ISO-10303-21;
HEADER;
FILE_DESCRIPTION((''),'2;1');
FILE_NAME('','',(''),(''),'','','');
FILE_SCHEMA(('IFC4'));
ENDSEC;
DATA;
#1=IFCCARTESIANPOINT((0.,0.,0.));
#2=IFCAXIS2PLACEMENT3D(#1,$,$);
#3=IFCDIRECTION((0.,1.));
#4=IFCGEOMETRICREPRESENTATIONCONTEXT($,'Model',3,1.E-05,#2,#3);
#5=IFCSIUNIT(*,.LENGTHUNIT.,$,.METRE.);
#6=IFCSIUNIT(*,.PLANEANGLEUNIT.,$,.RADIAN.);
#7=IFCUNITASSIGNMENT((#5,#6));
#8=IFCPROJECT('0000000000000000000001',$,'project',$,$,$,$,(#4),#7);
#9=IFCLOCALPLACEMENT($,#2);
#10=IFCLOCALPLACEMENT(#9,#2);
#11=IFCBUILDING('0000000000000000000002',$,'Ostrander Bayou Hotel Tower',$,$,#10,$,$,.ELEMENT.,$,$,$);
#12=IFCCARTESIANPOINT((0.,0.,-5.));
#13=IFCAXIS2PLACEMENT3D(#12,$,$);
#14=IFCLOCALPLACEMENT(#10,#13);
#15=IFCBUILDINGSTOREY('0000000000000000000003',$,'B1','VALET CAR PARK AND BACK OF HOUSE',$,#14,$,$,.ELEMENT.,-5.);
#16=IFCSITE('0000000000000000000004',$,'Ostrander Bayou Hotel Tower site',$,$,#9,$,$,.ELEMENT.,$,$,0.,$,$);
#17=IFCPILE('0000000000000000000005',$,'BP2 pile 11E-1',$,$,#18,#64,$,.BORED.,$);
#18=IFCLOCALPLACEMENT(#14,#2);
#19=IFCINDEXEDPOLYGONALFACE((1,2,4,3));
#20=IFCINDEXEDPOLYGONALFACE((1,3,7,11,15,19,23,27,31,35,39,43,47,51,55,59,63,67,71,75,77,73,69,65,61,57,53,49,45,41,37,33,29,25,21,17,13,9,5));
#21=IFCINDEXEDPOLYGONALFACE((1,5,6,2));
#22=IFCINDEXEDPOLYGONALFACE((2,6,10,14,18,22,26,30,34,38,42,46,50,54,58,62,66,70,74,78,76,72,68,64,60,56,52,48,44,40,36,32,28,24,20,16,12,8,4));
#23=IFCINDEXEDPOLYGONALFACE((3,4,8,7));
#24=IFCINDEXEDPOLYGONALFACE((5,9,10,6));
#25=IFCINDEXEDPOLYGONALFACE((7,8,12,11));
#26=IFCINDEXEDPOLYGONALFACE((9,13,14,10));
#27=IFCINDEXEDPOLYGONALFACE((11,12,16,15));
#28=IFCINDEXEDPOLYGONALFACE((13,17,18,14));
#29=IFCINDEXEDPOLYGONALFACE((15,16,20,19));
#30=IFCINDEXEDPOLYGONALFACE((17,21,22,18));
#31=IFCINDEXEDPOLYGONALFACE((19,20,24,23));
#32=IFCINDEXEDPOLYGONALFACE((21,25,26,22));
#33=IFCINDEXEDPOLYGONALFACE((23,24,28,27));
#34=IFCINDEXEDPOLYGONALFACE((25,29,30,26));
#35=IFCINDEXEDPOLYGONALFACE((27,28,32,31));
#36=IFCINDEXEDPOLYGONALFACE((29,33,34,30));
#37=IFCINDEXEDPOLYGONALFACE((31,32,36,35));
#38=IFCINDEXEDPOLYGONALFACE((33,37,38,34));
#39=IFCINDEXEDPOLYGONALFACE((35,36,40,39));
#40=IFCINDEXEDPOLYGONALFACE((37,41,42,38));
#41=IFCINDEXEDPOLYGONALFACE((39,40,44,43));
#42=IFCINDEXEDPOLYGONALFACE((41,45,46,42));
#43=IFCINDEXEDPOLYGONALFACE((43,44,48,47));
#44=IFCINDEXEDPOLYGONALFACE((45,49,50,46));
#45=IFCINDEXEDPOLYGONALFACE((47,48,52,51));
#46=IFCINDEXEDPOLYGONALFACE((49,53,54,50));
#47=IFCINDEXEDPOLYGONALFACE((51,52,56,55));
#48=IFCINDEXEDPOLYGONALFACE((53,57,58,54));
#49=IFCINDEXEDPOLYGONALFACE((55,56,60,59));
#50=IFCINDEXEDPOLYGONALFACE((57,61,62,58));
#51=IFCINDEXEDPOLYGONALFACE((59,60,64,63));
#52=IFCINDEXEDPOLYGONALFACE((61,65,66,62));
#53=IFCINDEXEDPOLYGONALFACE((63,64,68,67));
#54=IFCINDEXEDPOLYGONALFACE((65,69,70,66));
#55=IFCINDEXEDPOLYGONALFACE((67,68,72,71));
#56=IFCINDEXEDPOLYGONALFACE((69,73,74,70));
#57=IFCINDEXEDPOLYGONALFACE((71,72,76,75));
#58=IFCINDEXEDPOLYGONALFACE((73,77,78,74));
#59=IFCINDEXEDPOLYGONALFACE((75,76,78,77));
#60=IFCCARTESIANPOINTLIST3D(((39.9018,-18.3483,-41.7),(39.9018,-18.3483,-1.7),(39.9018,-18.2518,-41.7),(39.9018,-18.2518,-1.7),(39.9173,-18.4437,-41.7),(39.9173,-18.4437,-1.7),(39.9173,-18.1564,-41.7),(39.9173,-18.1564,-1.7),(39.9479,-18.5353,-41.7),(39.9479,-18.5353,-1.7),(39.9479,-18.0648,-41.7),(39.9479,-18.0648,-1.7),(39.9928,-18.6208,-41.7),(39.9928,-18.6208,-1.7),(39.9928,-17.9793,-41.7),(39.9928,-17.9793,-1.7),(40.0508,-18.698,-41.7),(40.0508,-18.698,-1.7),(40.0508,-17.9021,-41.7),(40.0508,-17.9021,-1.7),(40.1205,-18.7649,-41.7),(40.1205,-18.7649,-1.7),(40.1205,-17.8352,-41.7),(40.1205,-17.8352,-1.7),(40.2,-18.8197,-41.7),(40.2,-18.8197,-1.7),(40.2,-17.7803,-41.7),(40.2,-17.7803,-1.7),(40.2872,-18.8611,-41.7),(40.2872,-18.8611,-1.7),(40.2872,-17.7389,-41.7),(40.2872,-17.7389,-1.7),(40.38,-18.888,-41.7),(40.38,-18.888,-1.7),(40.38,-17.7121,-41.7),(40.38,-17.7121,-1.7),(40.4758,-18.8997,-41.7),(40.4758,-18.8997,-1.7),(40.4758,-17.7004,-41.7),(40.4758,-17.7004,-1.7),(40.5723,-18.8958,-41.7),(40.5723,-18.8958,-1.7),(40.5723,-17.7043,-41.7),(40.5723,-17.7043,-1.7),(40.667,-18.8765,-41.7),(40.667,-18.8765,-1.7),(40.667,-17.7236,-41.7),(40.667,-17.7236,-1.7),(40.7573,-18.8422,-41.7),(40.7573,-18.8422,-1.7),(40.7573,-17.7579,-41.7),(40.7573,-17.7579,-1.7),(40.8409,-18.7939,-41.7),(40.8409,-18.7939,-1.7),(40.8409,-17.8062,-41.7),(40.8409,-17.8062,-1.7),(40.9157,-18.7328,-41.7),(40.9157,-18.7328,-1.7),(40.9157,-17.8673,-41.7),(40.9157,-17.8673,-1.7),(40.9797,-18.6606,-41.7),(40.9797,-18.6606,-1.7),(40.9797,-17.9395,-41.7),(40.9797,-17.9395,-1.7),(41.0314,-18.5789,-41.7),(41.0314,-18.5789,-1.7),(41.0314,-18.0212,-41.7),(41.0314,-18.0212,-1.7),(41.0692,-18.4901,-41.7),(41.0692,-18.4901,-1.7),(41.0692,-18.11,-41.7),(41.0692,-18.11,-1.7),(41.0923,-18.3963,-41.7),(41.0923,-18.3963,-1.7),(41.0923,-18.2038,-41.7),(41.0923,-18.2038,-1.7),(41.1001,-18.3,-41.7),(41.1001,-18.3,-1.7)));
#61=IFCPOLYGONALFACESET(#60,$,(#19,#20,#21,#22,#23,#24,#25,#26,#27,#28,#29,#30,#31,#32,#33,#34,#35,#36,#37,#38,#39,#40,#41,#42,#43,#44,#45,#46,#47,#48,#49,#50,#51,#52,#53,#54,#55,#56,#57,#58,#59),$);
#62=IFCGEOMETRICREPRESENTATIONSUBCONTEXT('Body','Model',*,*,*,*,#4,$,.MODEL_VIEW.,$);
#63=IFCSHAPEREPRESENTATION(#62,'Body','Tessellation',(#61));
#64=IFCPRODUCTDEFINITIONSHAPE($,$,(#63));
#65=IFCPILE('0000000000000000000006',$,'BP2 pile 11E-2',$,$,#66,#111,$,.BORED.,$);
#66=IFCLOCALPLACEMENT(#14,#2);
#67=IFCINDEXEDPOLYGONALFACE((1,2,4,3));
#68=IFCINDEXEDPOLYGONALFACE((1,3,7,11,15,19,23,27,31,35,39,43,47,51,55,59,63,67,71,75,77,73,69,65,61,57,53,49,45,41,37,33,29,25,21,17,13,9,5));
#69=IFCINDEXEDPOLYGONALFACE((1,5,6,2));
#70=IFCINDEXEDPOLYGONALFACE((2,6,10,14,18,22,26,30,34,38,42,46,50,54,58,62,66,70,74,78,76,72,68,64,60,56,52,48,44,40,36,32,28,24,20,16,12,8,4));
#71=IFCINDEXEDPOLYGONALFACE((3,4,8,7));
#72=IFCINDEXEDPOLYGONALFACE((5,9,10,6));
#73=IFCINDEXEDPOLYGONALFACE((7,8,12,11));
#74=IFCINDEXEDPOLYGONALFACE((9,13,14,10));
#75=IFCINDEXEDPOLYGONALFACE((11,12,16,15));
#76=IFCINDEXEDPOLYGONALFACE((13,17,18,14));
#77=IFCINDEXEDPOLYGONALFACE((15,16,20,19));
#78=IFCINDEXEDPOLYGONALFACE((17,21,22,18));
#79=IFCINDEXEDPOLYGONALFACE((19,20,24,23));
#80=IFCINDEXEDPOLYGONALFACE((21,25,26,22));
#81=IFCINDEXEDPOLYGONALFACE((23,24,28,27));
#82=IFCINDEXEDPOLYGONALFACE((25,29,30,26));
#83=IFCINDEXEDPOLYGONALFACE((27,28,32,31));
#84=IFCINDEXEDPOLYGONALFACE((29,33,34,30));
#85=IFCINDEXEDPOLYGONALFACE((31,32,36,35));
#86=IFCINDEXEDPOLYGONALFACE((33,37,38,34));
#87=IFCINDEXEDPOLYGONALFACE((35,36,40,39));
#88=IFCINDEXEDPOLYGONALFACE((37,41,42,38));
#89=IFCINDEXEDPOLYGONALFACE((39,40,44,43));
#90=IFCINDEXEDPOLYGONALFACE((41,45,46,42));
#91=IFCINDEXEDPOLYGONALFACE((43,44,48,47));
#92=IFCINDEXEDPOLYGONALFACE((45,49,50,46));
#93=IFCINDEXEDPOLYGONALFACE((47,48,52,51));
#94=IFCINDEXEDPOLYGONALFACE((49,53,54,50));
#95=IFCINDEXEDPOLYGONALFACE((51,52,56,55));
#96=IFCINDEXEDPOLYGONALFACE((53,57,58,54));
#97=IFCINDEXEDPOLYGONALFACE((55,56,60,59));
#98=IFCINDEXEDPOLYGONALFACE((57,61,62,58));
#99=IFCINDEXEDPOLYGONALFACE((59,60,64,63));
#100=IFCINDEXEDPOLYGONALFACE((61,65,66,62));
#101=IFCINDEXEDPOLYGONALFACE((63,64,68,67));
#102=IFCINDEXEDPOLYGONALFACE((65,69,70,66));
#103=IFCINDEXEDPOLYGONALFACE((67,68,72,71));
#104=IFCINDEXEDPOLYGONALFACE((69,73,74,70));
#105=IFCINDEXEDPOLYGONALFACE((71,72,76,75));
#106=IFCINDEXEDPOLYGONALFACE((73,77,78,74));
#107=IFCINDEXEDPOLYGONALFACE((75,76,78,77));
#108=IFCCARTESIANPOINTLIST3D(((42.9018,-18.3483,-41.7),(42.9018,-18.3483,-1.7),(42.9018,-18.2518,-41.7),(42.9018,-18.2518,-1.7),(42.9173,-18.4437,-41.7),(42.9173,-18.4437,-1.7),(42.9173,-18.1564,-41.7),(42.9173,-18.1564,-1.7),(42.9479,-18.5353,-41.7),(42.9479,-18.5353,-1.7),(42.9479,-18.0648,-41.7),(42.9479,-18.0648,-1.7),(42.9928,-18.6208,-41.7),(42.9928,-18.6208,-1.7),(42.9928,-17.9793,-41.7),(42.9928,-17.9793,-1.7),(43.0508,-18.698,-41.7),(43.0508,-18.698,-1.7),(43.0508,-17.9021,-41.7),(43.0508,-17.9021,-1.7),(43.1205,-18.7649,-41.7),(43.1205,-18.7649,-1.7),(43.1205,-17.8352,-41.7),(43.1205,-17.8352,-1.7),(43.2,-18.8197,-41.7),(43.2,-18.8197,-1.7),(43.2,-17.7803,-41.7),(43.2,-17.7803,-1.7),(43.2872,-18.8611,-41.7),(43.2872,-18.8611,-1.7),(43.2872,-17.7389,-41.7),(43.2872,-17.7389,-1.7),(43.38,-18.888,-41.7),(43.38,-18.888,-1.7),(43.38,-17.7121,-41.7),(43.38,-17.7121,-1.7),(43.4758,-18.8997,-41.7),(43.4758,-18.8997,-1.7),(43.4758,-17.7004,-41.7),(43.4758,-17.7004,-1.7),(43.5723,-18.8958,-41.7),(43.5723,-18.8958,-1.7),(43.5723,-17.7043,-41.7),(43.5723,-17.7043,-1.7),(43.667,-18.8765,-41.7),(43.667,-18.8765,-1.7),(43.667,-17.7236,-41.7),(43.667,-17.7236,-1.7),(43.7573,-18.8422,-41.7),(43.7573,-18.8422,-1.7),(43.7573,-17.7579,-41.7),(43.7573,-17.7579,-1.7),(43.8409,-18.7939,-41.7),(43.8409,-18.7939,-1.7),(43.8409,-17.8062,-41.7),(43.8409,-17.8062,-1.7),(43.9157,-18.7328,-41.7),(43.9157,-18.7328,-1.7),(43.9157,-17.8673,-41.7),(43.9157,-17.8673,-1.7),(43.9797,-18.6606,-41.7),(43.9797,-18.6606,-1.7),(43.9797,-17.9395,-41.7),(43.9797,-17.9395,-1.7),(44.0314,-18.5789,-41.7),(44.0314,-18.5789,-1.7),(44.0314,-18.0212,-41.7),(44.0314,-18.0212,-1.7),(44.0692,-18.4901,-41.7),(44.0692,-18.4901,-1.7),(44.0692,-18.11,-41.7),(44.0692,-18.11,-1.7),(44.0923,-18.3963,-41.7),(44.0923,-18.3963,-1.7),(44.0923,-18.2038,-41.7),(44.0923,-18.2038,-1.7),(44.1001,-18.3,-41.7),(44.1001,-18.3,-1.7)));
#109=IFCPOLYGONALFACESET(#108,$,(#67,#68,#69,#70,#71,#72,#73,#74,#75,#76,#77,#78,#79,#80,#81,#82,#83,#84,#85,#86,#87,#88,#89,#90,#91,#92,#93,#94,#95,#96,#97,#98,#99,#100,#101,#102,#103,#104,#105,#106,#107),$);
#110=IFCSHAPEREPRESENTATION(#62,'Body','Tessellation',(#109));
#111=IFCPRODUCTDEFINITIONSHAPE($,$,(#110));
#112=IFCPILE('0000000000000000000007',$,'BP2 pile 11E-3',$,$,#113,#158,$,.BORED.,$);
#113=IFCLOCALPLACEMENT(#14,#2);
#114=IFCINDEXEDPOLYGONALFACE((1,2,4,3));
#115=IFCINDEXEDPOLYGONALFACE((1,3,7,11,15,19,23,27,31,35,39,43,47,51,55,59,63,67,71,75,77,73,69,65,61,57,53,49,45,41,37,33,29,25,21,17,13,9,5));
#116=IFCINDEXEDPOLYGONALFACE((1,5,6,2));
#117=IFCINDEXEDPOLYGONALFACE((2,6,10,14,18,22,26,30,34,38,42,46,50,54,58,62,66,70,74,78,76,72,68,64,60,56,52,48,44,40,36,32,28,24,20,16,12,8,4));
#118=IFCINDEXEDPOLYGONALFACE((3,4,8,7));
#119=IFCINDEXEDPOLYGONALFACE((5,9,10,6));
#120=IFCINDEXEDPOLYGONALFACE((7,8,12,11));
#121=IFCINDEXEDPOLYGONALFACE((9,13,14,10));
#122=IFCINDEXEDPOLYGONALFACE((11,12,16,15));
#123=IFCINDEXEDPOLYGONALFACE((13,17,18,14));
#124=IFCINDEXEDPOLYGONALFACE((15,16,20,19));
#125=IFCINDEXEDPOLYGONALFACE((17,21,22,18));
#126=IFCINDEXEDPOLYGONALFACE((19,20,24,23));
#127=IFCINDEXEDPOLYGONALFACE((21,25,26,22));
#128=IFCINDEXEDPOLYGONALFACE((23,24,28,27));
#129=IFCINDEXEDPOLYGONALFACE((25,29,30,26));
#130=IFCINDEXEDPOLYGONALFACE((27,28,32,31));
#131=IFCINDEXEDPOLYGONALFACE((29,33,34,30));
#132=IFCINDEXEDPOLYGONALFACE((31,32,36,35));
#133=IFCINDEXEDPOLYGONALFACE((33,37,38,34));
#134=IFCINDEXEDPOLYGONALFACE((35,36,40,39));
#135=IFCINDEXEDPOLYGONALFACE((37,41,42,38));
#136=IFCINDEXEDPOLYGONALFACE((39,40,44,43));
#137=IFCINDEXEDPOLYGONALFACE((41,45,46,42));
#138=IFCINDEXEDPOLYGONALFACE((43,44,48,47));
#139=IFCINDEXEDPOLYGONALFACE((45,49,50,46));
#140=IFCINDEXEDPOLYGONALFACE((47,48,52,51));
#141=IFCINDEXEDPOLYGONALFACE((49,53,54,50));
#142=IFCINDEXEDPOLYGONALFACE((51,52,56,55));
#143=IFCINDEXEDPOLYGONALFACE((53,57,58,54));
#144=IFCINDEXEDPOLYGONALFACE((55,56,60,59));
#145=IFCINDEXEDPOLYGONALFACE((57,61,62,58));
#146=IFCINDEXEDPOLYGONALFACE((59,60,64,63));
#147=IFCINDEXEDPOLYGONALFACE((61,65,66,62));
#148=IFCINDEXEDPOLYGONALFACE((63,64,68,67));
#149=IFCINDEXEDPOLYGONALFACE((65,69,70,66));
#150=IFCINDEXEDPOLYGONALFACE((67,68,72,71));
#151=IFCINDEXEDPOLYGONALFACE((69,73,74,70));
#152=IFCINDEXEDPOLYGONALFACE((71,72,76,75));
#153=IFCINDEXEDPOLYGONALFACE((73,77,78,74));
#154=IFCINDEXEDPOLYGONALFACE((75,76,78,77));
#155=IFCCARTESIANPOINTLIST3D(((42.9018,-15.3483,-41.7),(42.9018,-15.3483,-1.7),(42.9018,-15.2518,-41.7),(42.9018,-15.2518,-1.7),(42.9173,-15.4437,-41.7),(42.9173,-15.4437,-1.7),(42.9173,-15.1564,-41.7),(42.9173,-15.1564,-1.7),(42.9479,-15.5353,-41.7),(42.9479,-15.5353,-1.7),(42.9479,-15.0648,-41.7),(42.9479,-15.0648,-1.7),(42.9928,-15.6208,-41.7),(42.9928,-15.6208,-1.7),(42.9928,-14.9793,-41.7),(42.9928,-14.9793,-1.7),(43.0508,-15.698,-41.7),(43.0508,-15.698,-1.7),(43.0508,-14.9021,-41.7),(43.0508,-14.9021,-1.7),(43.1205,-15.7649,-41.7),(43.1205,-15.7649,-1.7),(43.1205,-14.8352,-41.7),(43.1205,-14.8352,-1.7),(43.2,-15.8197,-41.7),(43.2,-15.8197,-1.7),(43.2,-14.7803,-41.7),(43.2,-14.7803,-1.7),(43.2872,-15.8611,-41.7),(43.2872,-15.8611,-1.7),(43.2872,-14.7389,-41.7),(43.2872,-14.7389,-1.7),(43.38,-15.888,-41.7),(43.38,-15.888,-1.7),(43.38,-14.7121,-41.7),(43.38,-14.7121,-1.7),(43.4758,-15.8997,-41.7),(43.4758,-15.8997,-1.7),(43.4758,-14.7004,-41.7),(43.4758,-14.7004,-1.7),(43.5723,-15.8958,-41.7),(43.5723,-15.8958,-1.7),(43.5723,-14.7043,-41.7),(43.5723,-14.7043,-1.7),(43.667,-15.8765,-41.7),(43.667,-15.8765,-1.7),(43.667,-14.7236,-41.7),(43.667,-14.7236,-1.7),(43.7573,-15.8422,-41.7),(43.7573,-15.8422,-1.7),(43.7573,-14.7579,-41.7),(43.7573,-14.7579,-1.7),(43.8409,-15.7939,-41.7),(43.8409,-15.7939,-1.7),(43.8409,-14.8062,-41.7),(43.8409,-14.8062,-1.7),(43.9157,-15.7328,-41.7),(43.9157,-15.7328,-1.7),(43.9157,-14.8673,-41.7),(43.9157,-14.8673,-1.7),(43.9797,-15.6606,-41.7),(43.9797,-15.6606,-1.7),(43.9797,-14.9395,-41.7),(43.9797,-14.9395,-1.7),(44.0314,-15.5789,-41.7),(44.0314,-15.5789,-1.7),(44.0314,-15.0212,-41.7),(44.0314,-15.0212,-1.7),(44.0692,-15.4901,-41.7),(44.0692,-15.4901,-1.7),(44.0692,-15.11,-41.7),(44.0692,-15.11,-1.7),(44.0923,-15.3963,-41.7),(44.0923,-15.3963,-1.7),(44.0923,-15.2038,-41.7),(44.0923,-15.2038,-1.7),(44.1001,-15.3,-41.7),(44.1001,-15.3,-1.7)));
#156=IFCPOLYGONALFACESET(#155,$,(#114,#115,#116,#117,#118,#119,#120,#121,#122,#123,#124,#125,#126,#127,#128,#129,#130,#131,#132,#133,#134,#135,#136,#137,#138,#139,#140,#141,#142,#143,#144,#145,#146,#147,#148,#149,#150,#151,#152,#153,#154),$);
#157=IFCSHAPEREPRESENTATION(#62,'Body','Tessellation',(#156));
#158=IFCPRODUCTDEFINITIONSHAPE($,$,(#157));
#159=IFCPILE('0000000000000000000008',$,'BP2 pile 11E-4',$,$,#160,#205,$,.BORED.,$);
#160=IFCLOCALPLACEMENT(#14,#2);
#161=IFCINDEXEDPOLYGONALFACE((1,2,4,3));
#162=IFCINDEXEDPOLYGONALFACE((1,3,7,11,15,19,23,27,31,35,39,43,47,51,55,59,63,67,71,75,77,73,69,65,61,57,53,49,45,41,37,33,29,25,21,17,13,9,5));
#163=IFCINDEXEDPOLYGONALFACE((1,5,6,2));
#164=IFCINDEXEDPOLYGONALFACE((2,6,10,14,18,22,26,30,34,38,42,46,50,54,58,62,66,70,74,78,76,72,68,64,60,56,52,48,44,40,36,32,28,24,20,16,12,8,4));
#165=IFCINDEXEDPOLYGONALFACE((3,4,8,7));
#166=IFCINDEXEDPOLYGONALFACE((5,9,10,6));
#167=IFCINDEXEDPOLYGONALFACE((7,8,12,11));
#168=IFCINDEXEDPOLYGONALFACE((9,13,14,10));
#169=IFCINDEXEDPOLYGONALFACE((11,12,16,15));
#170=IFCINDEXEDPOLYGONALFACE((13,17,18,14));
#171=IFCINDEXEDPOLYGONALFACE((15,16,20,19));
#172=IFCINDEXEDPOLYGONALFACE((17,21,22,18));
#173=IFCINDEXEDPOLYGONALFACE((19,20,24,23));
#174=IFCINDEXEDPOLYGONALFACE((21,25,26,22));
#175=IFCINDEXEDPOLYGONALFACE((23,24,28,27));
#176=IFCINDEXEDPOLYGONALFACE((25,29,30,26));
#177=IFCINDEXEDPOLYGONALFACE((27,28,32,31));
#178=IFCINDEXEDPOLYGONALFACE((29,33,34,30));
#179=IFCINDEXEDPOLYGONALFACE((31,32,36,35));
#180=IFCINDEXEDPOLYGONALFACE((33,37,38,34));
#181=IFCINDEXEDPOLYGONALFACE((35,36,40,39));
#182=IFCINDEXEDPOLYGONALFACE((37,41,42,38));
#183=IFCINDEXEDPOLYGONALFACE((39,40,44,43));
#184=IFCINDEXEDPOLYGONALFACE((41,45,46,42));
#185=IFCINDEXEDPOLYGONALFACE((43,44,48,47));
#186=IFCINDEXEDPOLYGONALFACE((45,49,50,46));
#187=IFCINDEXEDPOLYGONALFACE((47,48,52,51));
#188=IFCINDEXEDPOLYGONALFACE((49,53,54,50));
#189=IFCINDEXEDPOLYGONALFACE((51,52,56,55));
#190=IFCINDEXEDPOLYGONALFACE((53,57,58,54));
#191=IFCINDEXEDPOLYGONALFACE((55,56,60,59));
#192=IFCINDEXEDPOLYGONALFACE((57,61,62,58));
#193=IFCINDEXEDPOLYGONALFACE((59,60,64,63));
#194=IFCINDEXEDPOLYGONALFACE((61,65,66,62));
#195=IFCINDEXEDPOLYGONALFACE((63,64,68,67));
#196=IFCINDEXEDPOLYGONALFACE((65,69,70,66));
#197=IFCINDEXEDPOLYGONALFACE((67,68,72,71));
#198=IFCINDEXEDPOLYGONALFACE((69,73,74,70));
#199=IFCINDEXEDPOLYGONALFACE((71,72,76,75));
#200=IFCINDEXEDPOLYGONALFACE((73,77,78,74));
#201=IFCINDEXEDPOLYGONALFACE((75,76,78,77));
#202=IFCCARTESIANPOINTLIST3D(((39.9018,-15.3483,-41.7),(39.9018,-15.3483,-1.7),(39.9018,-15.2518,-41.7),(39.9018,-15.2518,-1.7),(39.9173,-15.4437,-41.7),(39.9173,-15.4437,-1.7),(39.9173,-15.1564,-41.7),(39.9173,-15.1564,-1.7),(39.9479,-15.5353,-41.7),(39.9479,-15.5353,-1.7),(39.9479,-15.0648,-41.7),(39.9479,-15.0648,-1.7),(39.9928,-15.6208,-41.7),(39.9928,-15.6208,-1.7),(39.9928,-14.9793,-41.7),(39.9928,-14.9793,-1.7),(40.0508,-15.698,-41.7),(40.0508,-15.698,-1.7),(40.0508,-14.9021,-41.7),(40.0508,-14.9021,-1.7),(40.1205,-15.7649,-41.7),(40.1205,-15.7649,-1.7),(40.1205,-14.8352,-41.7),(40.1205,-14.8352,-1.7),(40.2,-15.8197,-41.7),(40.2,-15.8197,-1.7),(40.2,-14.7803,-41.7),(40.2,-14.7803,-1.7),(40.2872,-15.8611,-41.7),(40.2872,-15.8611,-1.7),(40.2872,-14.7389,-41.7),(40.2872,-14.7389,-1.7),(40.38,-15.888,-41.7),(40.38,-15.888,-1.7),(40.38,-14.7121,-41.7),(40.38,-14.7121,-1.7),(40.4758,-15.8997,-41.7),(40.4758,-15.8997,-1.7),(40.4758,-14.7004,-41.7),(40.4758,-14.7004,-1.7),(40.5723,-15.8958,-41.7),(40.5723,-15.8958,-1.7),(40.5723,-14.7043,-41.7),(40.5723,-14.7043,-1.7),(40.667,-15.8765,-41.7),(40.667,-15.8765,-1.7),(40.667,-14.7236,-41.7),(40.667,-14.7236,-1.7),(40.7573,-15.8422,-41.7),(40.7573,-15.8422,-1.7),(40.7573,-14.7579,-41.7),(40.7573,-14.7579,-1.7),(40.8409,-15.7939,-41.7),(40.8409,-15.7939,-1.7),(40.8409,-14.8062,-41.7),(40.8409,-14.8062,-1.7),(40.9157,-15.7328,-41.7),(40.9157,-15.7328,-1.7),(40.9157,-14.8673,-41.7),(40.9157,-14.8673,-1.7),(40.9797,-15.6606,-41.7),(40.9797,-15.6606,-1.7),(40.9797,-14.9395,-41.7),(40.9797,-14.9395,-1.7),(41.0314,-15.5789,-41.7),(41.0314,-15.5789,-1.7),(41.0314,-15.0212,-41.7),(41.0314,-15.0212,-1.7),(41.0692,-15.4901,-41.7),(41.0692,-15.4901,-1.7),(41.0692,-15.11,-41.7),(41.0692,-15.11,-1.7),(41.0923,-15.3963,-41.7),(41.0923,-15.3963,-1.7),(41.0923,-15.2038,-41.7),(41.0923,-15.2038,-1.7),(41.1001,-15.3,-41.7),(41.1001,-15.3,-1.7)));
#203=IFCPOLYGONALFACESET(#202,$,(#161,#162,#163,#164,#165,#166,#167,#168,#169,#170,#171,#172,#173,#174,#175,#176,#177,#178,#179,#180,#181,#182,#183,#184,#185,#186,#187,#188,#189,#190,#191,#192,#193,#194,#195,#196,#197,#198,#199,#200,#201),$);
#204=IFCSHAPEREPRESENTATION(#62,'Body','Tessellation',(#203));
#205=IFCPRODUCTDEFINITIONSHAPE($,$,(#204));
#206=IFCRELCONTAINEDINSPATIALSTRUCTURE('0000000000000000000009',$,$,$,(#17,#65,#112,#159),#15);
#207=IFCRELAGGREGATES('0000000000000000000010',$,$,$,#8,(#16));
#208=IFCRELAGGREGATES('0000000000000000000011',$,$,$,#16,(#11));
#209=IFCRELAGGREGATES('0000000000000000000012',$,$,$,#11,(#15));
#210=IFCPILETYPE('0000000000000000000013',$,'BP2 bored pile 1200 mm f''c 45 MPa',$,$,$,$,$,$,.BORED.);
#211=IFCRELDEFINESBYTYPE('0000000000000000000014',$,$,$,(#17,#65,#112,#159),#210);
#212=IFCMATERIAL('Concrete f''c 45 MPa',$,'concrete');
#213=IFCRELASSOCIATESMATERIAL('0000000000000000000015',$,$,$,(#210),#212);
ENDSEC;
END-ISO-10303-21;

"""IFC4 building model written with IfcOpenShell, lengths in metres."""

from ifc_helpers import new_model, si_unit, direction, frame, origin, origin_2d, place, context, subcontext, project, spatial, circle, extrude, material, material_profile, profile_set, type_object, element, save


model = new_model("IFC4")

# Units and contexts
model_context = context("Model", 3, precision=1e-05, world=origin(), true_north=direction((0.0, 1.0)))
body_context = subcontext(model_context, "Body", "Model", "MODEL_VIEW")
ifc_project = project(units=[si_unit("LENGTHUNIT", "METRE"), si_unit("PLANEANGLEUNIT", "RADIAN")], contexts=[model_context])

# Site, building, storey
site_placement = place(None, origin())
site = spatial("IfcSite", under=ifc_project, at=site_placement, Name="Ostrander Bayou Hotel Tower site", CompositionType="ELEMENT", RefElevation=0.0)
building_placement = place(site_placement, origin())
building = spatial("IfcBuilding", under=site, at=building_placement, Name="Ostrander Bayou Hotel Tower", CompositionType="ELEMENT")
storey_placement = place(building_placement, frame((0.0, 0.0, -5.0)))
storey = spatial("IfcBuildingStorey", under=building, at=storey_placement, Name="B1", Description="VALET CAR PARK AND BACK OF HOUSE", CompositionType="ELEMENT", Elevation=-5.0)

# Piles
ifc_material_1 = material(Name="Concrete f'c 45 MPa", Category="concrete")
ifc_material_profile_1 = material_profile(ifc_material_1, circle(Radius=0.6001, at=origin_2d()))
ifc_profile_set_1 = profile_set([ifc_material_profile_1], Name="Concrete f'c 45 MPa")
pile_type = type_object("IfcPileType", Name="BP2 bored pile 1200 mm f'c 45 MPa", PredefinedType="BORED", material=ifc_profile_set_1)
for number, where, z_axis, x_axis, name in (
    (1, (40.5, -18.3, -1.7), (0.0, 0.0, -1.0), (1.0, 0.0, 0.0), "BP2 pile 11E-1"),
    (2, (43.5, -18.3, -1.7), (0.0, 0.0, -1.0), (1.0, 0.0, 0.0), "BP2 pile 11E-2"),
    (3, (43.5, -15.3, -1.7), (0.0, 0.0, -1.0), (1.0, 0.0, 0.0), "BP2 pile 11E-3"),
    (4, (40.5, -15.3, -1.7), (0.0, 0.0, -1.0), (1.0, 0.0, 0.0), "BP2 pile 11E-4"),
):
    element("IfcPile", number, at=place(storey_placement, frame(where, z_axis=z_axis, x_axis=x_axis)), inside=storey, type_object=pile_type, Name=name, PredefinedType="BORED", context=body_context, shape_type="SweptSolid", body=[
        extrude(circle(Radius=0.6001, at=origin_2d()), origin(), (0.0, 0.0, 1.0), 40.0),
    ])

save(model, "model.ifc")
